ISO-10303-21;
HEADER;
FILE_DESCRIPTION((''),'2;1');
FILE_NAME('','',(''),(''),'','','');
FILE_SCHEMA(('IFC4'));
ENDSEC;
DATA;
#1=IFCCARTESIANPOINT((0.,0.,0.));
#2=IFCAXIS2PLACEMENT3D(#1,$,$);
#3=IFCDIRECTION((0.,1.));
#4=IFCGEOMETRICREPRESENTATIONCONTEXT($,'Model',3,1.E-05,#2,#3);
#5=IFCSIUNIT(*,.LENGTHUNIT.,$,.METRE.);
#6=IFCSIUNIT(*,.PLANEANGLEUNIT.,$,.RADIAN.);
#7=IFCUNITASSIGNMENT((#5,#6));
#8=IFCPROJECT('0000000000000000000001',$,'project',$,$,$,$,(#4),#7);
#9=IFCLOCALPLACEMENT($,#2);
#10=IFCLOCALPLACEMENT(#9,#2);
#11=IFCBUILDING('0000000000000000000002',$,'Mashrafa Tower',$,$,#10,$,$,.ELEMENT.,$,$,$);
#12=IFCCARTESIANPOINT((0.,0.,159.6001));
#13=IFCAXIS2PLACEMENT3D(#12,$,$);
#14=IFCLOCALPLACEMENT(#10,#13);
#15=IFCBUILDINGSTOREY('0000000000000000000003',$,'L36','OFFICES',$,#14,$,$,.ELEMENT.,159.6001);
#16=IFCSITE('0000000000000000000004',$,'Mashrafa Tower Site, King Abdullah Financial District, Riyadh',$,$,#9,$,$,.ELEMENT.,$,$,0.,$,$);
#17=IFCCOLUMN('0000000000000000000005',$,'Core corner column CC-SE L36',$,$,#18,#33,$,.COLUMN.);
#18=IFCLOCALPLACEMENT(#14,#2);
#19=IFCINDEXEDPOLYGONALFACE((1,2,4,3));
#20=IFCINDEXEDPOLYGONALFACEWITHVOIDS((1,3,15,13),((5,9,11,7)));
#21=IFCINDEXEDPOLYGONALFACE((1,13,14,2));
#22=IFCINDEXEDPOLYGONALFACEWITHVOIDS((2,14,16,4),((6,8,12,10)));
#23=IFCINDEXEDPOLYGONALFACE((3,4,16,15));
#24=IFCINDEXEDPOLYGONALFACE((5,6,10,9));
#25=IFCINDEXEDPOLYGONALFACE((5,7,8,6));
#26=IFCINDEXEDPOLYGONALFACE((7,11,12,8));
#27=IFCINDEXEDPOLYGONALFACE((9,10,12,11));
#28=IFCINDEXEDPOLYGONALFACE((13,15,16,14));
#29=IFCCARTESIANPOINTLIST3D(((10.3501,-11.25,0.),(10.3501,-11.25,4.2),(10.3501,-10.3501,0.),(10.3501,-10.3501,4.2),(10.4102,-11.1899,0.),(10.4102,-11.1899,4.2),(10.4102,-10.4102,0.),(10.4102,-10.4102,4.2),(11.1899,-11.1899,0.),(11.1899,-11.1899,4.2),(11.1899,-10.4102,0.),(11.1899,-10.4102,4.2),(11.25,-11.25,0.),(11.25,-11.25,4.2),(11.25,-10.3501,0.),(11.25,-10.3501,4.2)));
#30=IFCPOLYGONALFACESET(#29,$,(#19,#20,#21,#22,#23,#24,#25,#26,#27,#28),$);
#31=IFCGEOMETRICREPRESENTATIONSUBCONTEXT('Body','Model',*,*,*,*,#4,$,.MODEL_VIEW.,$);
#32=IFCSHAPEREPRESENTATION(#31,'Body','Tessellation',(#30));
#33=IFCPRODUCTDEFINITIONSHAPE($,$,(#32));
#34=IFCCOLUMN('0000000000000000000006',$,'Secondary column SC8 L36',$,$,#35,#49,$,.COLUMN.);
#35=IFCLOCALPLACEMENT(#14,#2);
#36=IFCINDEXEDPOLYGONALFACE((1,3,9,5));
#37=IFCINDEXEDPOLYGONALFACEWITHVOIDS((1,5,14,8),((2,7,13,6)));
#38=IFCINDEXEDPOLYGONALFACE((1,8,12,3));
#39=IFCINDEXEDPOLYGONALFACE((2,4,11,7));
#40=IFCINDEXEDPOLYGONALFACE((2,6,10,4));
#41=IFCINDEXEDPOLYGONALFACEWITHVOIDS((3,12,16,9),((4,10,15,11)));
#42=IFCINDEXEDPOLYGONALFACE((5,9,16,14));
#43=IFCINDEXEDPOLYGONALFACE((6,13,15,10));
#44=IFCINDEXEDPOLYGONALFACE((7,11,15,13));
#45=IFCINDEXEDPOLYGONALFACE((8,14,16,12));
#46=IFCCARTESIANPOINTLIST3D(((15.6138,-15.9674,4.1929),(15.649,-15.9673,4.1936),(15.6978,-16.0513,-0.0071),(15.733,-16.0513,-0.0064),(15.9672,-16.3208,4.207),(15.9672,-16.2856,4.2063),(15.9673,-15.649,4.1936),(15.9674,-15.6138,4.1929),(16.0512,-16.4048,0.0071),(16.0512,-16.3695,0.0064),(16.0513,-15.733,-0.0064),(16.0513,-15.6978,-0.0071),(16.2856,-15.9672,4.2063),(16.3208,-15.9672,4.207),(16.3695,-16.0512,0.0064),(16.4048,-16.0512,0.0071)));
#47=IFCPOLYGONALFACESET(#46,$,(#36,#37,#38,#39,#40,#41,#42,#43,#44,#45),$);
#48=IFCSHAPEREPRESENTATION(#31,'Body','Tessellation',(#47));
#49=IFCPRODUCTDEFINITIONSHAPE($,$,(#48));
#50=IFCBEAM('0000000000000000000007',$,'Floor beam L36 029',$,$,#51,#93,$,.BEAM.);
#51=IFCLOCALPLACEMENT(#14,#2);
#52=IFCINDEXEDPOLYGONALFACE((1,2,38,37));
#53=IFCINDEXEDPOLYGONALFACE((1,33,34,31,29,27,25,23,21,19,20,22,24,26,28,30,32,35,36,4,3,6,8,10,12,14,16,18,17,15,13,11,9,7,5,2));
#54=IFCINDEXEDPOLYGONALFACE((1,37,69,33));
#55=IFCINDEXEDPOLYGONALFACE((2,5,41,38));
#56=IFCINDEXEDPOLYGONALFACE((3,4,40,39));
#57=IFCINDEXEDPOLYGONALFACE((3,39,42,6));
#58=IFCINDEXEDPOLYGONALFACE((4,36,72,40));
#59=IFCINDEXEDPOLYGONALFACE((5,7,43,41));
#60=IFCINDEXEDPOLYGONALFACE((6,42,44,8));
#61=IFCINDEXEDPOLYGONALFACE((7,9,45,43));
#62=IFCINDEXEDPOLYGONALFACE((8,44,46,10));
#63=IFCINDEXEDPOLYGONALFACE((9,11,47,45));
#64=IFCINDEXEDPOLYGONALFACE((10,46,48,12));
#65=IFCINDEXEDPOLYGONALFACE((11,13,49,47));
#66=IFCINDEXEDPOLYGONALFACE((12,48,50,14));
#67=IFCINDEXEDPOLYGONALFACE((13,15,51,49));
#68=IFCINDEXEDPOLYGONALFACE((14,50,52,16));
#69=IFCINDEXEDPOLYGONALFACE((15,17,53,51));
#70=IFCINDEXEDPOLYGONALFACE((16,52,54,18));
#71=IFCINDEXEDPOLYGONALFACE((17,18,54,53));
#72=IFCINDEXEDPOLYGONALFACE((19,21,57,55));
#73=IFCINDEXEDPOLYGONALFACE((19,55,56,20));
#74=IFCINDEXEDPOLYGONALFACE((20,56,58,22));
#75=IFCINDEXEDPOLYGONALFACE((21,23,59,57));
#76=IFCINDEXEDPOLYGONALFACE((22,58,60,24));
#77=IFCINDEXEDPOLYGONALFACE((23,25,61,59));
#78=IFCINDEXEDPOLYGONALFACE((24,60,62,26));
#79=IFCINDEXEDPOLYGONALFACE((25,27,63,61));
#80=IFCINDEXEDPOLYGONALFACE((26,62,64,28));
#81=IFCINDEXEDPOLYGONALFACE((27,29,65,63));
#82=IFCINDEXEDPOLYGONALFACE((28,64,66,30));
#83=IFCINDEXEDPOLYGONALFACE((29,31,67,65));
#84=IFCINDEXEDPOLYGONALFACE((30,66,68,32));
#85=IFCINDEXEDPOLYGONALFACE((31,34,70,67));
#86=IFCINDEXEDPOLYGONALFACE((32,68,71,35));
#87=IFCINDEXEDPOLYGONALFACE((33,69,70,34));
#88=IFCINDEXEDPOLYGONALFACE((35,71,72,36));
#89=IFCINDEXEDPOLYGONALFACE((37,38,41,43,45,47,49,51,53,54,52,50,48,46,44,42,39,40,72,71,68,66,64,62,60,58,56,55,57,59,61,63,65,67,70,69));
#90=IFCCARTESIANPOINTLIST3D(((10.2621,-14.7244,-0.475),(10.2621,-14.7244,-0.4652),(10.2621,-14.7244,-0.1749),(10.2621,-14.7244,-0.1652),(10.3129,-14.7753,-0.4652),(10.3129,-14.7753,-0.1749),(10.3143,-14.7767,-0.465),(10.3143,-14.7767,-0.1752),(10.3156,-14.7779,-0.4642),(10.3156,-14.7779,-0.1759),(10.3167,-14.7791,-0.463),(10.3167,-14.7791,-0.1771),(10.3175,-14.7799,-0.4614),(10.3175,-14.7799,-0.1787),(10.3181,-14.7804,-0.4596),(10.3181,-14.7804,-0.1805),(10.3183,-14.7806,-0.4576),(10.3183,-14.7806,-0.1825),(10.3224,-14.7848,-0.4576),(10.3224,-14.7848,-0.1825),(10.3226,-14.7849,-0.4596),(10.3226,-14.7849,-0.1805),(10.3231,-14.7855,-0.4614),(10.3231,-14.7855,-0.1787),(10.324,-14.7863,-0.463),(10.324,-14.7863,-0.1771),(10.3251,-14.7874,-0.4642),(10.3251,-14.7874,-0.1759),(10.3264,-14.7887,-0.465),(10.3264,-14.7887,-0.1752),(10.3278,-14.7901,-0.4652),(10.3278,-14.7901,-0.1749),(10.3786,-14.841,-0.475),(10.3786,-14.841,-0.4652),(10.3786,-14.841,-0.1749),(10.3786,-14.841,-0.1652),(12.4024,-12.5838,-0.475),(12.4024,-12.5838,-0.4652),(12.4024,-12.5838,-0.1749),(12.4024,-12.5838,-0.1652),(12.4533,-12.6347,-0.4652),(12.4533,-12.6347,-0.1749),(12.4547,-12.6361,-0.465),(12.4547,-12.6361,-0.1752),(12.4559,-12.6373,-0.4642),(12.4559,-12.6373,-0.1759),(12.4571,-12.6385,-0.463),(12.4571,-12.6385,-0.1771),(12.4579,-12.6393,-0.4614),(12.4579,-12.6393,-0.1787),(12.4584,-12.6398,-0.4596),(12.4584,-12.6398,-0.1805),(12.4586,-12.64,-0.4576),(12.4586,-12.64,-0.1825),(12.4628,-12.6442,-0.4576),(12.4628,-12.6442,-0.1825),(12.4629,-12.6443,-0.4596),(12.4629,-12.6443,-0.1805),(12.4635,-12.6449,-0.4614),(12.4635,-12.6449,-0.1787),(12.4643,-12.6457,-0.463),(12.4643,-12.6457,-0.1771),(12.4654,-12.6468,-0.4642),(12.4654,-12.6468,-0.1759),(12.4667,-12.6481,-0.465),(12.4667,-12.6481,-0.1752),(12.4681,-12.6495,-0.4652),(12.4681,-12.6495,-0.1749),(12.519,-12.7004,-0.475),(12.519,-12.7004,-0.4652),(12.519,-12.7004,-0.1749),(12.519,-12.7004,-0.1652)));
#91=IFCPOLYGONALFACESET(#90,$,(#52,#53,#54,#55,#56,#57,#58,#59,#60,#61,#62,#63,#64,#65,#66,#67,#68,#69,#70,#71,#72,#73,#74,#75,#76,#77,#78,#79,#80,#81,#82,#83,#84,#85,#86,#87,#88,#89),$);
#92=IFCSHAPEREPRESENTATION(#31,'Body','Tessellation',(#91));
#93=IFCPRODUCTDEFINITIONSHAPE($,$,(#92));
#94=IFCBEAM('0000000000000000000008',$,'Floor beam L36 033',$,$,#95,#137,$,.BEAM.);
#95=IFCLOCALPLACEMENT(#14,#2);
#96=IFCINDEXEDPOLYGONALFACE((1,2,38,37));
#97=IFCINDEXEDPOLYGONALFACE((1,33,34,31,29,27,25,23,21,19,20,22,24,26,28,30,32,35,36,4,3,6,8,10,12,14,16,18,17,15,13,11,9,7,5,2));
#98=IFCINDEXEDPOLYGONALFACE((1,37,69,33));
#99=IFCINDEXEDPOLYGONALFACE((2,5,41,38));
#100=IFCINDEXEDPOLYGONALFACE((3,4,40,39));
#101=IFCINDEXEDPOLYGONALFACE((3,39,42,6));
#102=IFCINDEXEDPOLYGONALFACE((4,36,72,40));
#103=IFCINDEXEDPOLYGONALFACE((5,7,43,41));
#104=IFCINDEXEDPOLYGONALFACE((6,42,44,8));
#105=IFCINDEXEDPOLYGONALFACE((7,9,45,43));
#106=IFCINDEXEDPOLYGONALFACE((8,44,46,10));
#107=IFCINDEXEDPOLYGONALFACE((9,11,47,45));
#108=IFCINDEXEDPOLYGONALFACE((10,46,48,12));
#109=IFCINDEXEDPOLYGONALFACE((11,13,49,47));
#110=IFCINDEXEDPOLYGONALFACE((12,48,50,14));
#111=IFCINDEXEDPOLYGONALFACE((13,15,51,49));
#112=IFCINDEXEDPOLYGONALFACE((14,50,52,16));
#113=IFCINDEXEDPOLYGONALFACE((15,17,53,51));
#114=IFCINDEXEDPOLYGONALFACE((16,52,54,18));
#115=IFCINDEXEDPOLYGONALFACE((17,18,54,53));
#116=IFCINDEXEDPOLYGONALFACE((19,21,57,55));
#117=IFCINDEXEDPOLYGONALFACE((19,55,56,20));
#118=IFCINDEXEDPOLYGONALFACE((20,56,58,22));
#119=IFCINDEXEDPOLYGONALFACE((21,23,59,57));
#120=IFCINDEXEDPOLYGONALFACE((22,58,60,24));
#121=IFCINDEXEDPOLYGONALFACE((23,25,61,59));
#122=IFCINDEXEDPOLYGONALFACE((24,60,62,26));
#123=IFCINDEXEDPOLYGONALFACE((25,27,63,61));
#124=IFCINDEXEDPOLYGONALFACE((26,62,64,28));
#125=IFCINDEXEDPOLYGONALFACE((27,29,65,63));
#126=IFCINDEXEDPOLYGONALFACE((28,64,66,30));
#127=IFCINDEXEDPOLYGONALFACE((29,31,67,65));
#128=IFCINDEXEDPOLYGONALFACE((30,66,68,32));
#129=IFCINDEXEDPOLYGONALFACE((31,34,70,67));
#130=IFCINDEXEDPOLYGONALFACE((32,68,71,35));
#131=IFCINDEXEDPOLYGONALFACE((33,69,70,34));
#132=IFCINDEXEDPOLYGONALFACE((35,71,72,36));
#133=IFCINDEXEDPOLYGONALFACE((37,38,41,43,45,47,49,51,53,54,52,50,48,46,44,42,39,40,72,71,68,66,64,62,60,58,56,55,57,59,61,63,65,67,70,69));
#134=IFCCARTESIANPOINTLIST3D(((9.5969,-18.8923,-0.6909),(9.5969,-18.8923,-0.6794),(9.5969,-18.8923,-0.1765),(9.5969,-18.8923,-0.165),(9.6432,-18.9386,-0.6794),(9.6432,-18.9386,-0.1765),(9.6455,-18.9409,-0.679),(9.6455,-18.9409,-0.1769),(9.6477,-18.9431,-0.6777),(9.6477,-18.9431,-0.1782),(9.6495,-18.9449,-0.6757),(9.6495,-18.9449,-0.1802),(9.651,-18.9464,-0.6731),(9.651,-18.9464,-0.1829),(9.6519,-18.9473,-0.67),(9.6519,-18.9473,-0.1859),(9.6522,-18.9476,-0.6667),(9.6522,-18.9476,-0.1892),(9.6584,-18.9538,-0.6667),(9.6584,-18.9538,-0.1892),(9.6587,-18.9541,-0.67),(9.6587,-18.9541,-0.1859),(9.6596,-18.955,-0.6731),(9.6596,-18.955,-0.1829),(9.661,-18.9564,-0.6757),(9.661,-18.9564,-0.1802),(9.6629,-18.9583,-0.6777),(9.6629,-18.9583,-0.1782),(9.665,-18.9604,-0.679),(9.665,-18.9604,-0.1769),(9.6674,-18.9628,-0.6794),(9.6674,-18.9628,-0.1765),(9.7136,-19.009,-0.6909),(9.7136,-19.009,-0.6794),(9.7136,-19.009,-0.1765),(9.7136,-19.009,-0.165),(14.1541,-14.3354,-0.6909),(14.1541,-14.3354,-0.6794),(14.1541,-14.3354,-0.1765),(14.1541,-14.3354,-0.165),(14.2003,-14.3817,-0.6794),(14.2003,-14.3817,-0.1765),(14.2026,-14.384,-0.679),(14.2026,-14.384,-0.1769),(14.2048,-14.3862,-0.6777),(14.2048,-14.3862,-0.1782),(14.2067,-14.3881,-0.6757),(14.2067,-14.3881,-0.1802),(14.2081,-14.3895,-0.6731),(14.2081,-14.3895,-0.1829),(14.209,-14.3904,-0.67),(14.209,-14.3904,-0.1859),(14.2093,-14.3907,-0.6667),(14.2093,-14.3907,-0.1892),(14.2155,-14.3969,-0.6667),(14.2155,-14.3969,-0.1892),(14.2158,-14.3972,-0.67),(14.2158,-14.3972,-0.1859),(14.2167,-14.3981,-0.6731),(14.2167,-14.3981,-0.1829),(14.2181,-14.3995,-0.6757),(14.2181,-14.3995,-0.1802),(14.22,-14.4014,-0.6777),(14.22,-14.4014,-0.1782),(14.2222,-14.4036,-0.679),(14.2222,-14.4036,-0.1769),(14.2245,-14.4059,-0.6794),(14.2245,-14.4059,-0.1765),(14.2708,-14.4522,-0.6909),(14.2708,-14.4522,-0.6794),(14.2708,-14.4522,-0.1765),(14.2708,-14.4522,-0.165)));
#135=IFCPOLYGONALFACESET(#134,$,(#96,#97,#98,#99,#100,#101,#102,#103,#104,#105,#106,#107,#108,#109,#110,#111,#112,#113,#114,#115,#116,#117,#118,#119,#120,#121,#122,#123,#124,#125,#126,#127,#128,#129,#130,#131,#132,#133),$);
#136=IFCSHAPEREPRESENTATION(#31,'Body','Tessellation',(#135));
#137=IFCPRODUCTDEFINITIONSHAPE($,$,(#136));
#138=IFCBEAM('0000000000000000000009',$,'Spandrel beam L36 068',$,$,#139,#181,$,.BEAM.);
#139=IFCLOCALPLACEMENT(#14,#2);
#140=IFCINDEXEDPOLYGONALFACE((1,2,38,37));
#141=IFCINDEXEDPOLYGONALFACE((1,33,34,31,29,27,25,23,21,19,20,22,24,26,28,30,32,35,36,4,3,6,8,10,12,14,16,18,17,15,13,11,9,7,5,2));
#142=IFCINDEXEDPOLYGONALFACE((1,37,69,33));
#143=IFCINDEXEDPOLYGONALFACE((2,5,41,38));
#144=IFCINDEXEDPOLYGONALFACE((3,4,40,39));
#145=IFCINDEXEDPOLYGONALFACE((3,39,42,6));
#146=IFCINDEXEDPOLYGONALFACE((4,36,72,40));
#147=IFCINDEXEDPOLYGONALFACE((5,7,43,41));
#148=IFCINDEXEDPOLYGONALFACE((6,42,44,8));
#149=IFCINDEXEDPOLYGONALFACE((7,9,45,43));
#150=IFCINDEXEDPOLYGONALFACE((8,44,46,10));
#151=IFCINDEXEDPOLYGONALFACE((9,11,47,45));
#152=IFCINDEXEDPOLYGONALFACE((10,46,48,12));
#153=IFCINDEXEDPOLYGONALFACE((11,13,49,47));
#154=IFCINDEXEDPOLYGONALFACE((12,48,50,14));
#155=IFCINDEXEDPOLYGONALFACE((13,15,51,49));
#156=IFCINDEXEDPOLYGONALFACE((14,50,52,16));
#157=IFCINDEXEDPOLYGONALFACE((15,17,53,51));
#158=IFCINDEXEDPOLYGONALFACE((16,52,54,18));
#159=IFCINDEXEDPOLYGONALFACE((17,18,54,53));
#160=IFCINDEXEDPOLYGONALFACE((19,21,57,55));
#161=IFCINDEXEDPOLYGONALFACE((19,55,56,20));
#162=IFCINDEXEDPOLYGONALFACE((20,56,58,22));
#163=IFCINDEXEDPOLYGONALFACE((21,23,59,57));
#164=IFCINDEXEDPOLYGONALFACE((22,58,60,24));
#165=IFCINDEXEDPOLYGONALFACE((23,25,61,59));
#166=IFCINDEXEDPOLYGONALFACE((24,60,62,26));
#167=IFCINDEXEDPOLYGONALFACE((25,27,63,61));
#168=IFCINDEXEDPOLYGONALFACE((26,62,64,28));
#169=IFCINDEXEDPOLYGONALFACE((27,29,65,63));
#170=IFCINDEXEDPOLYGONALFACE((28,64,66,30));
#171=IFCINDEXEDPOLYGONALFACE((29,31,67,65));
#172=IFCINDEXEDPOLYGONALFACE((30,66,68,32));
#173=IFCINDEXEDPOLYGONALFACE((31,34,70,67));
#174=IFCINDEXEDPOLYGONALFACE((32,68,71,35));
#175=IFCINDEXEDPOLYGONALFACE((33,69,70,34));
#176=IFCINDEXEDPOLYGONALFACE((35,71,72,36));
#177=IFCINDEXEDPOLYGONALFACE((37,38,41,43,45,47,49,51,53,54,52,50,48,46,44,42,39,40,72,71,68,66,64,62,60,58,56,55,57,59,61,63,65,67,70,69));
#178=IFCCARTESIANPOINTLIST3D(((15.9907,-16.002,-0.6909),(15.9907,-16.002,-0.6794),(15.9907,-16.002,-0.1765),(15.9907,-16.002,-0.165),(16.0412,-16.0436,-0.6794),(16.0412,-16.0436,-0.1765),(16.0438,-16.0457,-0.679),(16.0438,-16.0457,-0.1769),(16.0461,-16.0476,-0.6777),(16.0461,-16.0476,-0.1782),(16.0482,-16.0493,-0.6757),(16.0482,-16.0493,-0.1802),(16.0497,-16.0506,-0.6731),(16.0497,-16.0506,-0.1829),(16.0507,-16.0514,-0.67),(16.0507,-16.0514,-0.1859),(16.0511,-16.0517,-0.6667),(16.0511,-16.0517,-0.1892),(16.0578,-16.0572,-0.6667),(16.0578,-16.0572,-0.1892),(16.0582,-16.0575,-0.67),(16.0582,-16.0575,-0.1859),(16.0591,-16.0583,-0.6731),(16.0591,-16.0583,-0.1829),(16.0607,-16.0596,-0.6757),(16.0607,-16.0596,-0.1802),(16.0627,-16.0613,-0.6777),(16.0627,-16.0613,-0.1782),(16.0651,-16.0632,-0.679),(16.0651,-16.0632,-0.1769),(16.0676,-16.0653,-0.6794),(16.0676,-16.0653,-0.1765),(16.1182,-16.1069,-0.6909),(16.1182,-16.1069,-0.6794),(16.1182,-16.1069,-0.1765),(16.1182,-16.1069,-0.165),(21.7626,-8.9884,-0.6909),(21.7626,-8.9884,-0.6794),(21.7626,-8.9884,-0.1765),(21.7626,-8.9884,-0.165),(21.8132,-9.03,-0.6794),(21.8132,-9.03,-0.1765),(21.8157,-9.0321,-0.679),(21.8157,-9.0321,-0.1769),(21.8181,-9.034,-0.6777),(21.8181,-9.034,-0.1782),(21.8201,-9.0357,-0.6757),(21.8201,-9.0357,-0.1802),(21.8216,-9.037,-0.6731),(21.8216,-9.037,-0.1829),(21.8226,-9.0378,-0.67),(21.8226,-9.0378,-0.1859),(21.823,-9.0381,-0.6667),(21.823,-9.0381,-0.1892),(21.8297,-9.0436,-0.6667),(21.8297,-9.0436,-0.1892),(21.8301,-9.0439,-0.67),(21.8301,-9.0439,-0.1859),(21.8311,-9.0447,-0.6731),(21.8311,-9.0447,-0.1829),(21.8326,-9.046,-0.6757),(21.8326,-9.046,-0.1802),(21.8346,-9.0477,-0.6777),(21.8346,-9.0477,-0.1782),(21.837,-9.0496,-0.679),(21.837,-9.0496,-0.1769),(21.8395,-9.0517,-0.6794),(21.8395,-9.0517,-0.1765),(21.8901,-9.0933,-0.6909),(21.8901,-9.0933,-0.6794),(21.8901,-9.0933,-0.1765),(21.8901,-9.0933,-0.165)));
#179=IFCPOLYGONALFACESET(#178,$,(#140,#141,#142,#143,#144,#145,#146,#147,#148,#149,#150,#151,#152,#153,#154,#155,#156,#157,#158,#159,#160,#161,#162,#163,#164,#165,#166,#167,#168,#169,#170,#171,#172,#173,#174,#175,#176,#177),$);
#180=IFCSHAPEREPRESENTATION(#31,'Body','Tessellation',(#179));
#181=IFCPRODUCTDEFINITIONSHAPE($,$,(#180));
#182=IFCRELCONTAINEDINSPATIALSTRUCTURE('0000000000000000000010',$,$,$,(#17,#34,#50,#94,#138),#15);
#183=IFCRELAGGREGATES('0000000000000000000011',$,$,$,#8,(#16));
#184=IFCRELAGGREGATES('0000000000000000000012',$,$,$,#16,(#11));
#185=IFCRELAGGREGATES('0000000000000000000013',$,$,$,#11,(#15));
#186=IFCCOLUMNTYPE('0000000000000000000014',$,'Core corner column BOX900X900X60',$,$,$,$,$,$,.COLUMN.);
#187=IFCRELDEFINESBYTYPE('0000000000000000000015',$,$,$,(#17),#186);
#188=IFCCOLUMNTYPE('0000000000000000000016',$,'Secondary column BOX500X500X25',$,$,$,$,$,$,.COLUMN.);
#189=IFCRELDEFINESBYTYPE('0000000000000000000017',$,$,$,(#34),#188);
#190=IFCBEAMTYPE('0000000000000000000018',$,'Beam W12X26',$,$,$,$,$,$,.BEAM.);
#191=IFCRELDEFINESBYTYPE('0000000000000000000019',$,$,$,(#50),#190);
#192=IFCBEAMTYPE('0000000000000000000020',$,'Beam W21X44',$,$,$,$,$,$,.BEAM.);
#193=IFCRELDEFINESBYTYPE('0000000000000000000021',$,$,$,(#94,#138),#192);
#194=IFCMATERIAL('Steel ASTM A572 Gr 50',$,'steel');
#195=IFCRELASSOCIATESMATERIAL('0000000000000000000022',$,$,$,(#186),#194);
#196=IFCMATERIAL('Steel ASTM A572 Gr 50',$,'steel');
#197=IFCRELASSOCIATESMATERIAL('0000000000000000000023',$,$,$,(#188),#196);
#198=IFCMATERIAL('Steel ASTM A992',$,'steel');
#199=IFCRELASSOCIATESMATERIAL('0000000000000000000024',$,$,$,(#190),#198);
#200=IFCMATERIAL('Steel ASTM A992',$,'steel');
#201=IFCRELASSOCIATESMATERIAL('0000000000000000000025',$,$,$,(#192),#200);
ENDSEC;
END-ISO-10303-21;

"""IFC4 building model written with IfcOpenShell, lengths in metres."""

from ifc_helpers import new_model, si_unit, direction, frame, origin, origin_2d, place, context, subcontext, project, spatial, hollow_rectangle, i_section, extrude, material, material_profile, profile_set, type_object, element, save


model = new_model("IFC4")

# Units and contexts
model_context = context("Model", 3, precision=1e-05, world=origin(), true_north=direction((0.0, 1.0)))
body_context = subcontext(model_context, "Body", "Model", "MODEL_VIEW")
ifc_project = project(units=[si_unit("LENGTHUNIT", "METRE"), si_unit("PLANEANGLEUNIT", "RADIAN")], contexts=[model_context])

# Site, building, storey
site_placement = place(None, origin())
site = spatial("IfcSite", under=ifc_project, at=site_placement, Name="Mashrafa Tower Site, King Abdullah Financial District, Riyadh", CompositionType="ELEMENT", RefElevation=0.0)
building_placement = place(site_placement, origin())
building = spatial("IfcBuilding", under=site, at=building_placement, Name="Mashrafa Tower", CompositionType="ELEMENT")
storey_placement = place(building_placement, frame((0.0, 0.0, 159.6001)))
storey = spatial("IfcBuildingStorey", under=building, at=storey_placement, Name="L36", Description="OFFICES", CompositionType="ELEMENT", Elevation=159.6001)

# Columns
ifc_material_1 = material(Name="Steel ASTM A572 Gr 50", Category="steel")
ifc_material_profile_1 = material_profile(ifc_material_1, hollow_rectangle(XDim=0.8999, YDim=0.8999, WallThickness=0.0601, at=origin_2d()), Name="BOX900X900X60")
ifc_profile_set_1 = profile_set([ifc_material_profile_1], Name="Steel ASTM A572 Gr 50")
column_type_1 = type_object("IfcColumnType", Name="Core corner column BOX900X900X60", PredefinedType="COLUMN", material=ifc_profile_set_1)
column_1_placement = place(storey_placement, frame((10.8, -10.8, 0.0), z_axis=(0.0, 0.0, 1.0), x_axis=(1.0, 0.0, 0.0)))
element("IfcColumn", 1, at=column_1_placement, inside=storey, type_object=column_type_1, Name="Core corner column CC-SE L36", PredefinedType="COLUMN", context=body_context, shape_type="SweptSolid", body=[
    extrude(hollow_rectangle(XDim=0.8999, YDim=0.8999, WallThickness=0.0601, at=origin_2d()), origin(), (0.0, 0.0, 1.0), 4.2),
])
ifc_material_2 = material(Name="Steel ASTM A572 Gr 50", Category="steel")
ifc_material_profile_2 = material_profile(ifc_material_2, hollow_rectangle(XDim=0.5, YDim=0.5, WallThickness=0.0249, at=origin_2d()), Name="BOX500X500X25")
ifc_profile_set_2 = profile_set([ifc_material_profile_2], Name="Steel ASTM A572 Gr 50")
column_type_2 = type_object("IfcColumnType", Name="Secondary column BOX500X500X25", PredefinedType="COLUMN", material=ifc_profile_set_2)
column_2_placement = place(storey_placement, frame((16.0513, -16.0513, 0.0), z_axis=(-0.019989, 0.019989, 0.9996), x_axis=(-0.707107, -0.707107, 0.0)))
element("IfcColumn", 2, at=column_2_placement, inside=storey, type_object=column_type_2, Name="Secondary column SC8 L36", PredefinedType="COLUMN", context=body_context, shape_type="SweptSolid", body=[
    extrude(hollow_rectangle(XDim=0.5, YDim=0.5, WallThickness=0.0249, at=origin_2d()), origin(), (0.0, 0.0, 1.0), 4.2017),
])

# Beams
ifc_material_3 = material(Name="Steel ASTM A992", Category="steel")
ifc_material_profile_3 = material_profile(ifc_material_3, i_section(OverallWidth=0.1648, OverallDepth=0.3098, WebThickness=0.0059, FlangeThickness=0.0098, FilletRadius=0.0076, at=origin_2d()), Name="W12X26")
ifc_profile_set_3 = profile_set([ifc_material_profile_3], Name="Steel ASTM A992")
beam_type_1 = type_object("IfcBeamType", Name="Beam W12X26", PredefinedType="BEAM", material=ifc_profile_set_3)
beam_1_placement = place(storey_placement, frame((12.4607, -12.6421, -0.3201), z_axis=(-0.707066, -0.707147, 0.0), x_axis=(0.707147, -0.707066, 0.0)))
element("IfcBeam", 3, at=beam_1_placement, inside=storey, type_object=beam_type_1, Name="Floor beam L36 029", PredefinedType="BEAM", context=body_context, shape_type="SweptSolid", body=[
    extrude(i_section(OverallWidth=0.1648, OverallDepth=0.3098, WebThickness=0.0059, FlangeThickness=0.0098, FilletRadius=0.0076, at=origin_2d()), origin(), (0.0, 0.0, 1.0), 3.0271),
])
ifc_material_4 = material(Name="Steel ASTM A992", Category="steel")
ifc_material_profile_4 = material_profile(ifc_material_4, i_section(OverallWidth=0.165, OverallDepth=0.5259, WebThickness=0.0088, FlangeThickness=0.0115, FilletRadius=0.0127, at=origin_2d()), Name="W21X44")
ifc_profile_set_4 = profile_set([ifc_material_profile_4], Name="Steel ASTM A992")
beam_type_2 = type_object("IfcBeamType", Name="Beam W21X44", PredefinedType="BEAM", material=ifc_profile_set_4)
beam_2_placement = place(storey_placement, frame((14.2124, -14.3938, -0.428), z_axis=(-0.707126, -0.707088, 0.0), x_axis=(0.707088, -0.707126, 0.0)))
element("IfcBeam", 4, at=beam_2_placement, inside=storey, type_object=beam_type_2, Name="Floor beam L36 033", PredefinedType="BEAM", context=body_context, shape_type="SweptSolid", body=[
    extrude(i_section(OverallWidth=0.165, OverallDepth=0.5259, WebThickness=0.0088, FlangeThickness=0.0115, FilletRadius=0.0127, at=origin_2d()), origin(), (0.0, 0.0, 1.0), 6.4446),
])
beam_3_placement = place(storey_placement, frame((16.0544, -16.0544, -0.428), z_axis=(0.635445, 0.772146, 0.0), x_axis=(-0.772146, 0.635445, 0.0)))
element("IfcBeam", 5, at=beam_3_placement, inside=storey, type_object=beam_type_2, Name="Spandrel beam L36 068", PredefinedType="BEAM", context=body_context, shape_type="SweptSolid", body=[
    extrude(i_section(OverallWidth=0.165, OverallDepth=0.5259, WebThickness=0.0088, FlangeThickness=0.0115, FilletRadius=0.0127, at=origin_2d()), origin(), (0.0, 0.0, 1.0), 9.0833),
])

save(model, "model.ifc")
